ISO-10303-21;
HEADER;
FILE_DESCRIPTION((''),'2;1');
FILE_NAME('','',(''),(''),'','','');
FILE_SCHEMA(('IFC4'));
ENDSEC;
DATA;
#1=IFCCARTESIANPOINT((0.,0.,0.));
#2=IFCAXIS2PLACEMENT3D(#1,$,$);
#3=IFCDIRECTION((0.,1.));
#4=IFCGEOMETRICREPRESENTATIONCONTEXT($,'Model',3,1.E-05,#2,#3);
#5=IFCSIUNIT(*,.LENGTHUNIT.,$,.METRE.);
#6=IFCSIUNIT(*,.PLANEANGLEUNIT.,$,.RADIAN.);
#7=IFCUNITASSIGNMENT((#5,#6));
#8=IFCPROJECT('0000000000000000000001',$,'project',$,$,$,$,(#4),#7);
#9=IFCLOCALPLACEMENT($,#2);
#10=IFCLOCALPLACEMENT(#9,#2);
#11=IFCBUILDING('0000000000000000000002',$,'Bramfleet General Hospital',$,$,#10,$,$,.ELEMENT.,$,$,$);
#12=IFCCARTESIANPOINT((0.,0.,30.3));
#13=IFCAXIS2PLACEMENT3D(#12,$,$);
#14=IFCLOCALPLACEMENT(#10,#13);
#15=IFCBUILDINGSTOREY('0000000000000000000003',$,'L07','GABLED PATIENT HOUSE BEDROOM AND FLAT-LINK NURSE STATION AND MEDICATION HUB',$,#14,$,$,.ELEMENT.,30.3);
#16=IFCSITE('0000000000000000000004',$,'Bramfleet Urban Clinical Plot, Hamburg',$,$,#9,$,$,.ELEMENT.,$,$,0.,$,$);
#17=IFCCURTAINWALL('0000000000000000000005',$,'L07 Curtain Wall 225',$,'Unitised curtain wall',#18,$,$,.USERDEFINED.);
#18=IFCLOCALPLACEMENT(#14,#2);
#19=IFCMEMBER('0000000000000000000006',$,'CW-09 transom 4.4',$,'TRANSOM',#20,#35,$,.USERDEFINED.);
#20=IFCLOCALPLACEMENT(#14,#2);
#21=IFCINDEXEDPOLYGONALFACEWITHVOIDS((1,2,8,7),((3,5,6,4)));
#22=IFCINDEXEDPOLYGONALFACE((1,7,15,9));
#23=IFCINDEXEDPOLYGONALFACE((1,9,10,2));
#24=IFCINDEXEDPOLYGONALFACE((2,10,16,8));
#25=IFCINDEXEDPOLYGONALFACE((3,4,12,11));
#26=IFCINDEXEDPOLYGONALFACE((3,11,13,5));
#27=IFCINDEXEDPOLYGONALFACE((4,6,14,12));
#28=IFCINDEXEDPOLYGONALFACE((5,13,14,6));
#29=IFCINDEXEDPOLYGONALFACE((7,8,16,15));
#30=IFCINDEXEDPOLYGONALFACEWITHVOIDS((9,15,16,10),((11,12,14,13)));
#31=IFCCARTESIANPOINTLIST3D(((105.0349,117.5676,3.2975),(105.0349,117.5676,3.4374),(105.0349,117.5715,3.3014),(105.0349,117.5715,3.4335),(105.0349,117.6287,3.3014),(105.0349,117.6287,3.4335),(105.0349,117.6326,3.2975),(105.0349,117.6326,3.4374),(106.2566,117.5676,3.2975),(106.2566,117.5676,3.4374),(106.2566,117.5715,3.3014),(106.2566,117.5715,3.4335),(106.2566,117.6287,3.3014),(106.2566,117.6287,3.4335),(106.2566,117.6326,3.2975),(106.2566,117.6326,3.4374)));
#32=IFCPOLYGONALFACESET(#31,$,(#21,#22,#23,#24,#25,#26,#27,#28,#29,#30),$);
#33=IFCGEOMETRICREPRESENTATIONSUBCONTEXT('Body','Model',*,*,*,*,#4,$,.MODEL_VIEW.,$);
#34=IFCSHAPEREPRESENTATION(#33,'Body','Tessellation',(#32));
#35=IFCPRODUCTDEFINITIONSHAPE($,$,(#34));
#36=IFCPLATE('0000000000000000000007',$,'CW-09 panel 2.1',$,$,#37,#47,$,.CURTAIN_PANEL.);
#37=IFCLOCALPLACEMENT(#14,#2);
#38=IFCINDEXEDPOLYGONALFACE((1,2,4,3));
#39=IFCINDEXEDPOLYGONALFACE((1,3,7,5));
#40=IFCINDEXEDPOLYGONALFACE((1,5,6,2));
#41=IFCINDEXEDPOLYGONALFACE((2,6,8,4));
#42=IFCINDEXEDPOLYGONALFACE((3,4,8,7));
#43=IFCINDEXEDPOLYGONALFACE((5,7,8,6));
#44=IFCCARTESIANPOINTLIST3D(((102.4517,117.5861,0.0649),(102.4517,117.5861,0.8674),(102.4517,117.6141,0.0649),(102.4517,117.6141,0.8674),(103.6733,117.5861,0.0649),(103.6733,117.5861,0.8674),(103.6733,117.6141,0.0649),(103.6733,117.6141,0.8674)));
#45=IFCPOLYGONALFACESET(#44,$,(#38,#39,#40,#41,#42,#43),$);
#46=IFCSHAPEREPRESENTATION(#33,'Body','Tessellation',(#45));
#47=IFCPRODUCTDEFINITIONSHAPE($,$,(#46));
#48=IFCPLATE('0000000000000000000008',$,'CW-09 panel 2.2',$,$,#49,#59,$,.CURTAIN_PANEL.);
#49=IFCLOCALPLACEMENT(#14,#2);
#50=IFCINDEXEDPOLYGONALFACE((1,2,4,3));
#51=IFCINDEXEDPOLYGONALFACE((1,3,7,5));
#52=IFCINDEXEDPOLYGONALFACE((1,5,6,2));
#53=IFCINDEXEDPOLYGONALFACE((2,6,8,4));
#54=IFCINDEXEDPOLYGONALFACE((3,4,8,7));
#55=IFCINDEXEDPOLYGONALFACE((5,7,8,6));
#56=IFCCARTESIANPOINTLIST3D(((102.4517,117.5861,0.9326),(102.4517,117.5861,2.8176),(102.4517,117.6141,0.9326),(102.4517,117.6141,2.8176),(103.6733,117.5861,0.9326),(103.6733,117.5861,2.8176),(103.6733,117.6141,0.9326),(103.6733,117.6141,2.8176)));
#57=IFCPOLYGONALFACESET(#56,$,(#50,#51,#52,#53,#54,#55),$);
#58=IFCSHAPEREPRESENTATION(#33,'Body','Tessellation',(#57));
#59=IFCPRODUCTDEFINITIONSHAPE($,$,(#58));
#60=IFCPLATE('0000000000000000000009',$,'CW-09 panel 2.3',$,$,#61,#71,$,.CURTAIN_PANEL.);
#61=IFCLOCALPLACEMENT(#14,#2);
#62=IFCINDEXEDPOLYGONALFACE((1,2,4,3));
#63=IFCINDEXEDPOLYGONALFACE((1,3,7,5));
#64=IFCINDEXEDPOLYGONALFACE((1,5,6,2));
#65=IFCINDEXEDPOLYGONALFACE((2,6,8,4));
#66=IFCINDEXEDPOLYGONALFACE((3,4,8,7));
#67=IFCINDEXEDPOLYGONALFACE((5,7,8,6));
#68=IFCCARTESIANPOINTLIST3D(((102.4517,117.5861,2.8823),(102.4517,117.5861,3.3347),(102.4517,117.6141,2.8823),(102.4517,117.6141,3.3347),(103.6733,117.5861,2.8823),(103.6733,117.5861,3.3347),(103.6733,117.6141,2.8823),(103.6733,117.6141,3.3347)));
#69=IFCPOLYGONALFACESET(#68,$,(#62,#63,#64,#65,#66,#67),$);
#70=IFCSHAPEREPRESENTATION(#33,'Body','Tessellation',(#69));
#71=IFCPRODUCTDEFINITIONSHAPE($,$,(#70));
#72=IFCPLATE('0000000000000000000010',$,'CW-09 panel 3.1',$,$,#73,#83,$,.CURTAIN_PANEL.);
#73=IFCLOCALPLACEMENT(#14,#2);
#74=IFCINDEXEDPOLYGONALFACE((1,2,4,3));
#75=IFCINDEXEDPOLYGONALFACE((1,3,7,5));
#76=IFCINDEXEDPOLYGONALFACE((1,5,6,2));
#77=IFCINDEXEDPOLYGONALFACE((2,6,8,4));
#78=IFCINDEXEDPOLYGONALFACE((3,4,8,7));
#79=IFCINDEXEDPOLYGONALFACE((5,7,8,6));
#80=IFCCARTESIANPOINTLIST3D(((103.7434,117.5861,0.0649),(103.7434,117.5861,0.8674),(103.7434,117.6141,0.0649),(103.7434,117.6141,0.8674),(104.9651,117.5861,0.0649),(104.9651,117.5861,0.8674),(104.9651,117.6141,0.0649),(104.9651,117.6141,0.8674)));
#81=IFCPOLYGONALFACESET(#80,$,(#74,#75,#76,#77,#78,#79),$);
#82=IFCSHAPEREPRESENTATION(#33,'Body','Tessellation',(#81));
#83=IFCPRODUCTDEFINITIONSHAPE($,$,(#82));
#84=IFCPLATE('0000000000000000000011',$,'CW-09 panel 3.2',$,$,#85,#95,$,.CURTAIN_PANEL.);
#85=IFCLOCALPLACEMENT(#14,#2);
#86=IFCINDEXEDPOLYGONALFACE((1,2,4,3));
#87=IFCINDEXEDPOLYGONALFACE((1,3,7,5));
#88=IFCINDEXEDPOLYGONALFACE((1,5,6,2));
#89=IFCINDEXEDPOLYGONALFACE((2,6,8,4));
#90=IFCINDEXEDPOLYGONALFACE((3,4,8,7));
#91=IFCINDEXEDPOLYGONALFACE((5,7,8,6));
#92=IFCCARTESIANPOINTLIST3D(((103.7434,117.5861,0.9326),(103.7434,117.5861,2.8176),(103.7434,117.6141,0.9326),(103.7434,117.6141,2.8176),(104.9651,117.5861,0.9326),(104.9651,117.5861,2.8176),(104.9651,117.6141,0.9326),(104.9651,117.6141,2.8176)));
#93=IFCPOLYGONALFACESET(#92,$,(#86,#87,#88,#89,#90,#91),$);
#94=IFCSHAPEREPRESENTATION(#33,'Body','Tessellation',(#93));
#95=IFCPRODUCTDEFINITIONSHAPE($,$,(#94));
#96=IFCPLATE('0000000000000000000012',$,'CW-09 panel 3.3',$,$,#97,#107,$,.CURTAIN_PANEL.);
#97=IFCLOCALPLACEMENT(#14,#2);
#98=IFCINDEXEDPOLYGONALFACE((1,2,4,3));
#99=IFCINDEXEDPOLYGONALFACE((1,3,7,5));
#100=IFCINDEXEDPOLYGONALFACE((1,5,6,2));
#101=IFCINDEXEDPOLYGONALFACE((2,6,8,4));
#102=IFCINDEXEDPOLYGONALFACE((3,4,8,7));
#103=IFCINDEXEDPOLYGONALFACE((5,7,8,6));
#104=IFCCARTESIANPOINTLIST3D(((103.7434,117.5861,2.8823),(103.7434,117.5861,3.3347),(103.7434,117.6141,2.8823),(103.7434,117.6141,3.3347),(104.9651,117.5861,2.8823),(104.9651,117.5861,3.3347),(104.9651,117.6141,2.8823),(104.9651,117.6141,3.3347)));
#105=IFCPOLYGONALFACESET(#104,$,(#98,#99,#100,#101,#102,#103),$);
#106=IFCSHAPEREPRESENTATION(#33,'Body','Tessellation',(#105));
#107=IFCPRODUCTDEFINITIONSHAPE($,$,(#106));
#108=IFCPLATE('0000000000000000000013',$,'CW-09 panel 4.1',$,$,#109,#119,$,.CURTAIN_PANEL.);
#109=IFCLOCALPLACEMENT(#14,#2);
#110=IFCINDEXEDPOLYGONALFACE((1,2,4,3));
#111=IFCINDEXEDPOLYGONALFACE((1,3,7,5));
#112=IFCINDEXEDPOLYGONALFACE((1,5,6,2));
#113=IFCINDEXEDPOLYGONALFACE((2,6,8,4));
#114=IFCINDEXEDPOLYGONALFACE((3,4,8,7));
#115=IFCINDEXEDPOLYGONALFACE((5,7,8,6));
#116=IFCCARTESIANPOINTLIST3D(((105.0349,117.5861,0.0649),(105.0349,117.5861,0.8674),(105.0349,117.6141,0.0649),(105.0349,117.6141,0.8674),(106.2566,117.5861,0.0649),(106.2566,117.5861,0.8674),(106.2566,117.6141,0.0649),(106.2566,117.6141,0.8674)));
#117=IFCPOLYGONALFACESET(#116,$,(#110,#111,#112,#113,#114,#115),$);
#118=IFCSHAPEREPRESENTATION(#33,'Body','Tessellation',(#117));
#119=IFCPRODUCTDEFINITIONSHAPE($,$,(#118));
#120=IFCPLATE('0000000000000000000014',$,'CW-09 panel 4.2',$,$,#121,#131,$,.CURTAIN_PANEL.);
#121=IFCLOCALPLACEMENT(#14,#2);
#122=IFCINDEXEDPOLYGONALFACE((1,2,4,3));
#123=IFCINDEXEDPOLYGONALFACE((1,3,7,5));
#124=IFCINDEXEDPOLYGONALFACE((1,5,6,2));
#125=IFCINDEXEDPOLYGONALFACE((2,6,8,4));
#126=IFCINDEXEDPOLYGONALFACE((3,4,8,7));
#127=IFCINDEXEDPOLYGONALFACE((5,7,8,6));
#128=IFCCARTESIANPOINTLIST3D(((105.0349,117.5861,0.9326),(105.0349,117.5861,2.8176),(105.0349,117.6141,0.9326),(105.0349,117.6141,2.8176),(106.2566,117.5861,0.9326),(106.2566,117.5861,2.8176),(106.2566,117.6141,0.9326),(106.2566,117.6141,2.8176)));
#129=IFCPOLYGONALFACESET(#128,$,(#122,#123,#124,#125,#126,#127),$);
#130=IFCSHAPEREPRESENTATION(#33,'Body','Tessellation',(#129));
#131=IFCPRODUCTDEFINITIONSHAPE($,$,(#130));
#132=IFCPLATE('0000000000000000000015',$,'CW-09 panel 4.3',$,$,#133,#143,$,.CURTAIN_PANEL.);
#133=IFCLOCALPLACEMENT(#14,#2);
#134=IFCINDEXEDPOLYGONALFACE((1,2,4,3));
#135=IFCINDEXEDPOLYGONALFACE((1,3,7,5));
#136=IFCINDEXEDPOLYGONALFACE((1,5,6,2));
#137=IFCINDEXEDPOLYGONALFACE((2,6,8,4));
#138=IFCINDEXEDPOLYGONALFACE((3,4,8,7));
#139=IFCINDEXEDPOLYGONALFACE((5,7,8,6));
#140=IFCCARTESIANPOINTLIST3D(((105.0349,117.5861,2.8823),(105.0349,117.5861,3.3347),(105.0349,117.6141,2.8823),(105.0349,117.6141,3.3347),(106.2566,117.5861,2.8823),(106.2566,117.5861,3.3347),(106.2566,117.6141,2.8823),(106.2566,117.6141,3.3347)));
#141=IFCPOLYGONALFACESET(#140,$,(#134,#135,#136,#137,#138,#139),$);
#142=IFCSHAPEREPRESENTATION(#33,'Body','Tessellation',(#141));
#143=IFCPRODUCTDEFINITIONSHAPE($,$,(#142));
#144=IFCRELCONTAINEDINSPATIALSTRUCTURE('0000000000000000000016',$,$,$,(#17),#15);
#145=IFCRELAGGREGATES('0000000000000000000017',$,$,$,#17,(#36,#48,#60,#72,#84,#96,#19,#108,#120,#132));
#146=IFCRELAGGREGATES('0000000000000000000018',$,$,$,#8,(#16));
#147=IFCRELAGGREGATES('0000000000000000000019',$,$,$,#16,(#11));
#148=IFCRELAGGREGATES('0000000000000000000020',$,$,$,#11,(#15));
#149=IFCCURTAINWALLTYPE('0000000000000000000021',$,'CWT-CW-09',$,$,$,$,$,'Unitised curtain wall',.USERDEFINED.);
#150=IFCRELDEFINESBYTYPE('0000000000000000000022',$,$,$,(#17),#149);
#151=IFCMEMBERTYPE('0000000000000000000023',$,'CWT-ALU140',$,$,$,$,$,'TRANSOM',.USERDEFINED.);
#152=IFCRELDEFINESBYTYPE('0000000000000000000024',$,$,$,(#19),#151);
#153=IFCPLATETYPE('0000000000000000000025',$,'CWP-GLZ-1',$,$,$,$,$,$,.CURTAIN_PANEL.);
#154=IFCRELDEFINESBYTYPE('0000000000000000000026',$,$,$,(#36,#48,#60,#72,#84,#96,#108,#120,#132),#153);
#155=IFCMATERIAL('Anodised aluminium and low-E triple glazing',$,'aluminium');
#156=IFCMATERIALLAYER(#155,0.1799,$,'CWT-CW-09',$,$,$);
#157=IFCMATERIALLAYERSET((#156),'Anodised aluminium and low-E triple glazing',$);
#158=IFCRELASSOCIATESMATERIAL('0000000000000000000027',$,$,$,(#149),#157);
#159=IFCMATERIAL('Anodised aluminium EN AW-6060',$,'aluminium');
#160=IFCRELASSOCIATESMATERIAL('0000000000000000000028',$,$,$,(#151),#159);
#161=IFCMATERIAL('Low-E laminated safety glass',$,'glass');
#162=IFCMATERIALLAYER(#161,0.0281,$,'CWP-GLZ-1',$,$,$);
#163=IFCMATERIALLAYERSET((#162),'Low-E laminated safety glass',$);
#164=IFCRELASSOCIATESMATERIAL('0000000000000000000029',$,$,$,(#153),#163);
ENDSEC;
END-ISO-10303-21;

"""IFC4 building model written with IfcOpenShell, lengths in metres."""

from ifc_helpers import new_model, si_unit, direction, frame, origin, origin_2d, place, context, subcontext, project, spatial, rectangle, hollow_rectangle, extrude, material, layer, layer_set, material_profile, profile_set, type_object, element, aggregate, save


model = new_model("IFC4")

# Units and contexts
model_context = context("Model", 3, precision=1e-05, world=origin(), true_north=direction((0.0, 1.0)))
body_context = subcontext(model_context, "Body", "Model", "MODEL_VIEW")
ifc_project = project(units=[si_unit("LENGTHUNIT", "METRE"), si_unit("PLANEANGLEUNIT", "RADIAN")], contexts=[model_context])

# Site, building, storey
site_placement = place(None, origin())
site = spatial("IfcSite", under=ifc_project, at=site_placement, Name="Bramfleet Urban Clinical Plot, Hamburg", CompositionType="ELEMENT", RefElevation=0.0)
building_placement = place(site_placement, origin())
building = spatial("IfcBuilding", under=site, at=building_placement, Name="Bramfleet General Hospital", CompositionType="ELEMENT")
storey_placement = place(building_placement, frame((0.0, 0.0, 30.3)))
storey = spatial("IfcBuildingStorey", under=building, at=storey_placement, Name="L07", Description="GABLED PATIENT HOUSE BEDROOM AND FLAT-LINK NURSE STATION AND MEDICATION HUB", CompositionType="ELEMENT", Elevation=30.3)

# Curtain wall, member, plates
ifc_material_1 = material(Name="Anodised aluminium and low-E triple glazing", Category="aluminium")
ifc_layer_1 = layer(ifc_material_1, 0.1799, Name="CWT-CW-09")
ifc_layer_set_1 = layer_set([ifc_layer_1], Name="Anodised aluminium and low-E triple glazing")
curtain_wall_type = type_object("IfcCurtainWallType", Name="CWT-CW-09", ElementType="Unitised curtain wall", PredefinedType="USERDEFINED", material=ifc_layer_set_1)
curtain_wall_placement = place(storey_placement, origin())
curtain_wall = element("IfcCurtainWall", 1, at=curtain_wall_placement, inside=storey, type_object=curtain_wall_type, Name="L07 Curtain Wall 225", ObjectType="Unitised curtain wall", PredefinedType="USERDEFINED")
ifc_material_2 = material(Name="Anodised aluminium EN AW-6060", Category="aluminium")
ifc_material_profile_1 = material_profile(ifc_material_2, hollow_rectangle(XDim=0.0649, YDim=0.1399, WallThickness=0.0039, at=origin_2d()), Name="ALU 140x65x4.0")
ifc_profile_set_1 = profile_set([ifc_material_profile_1], Name="Anodised aluminium EN AW-6060")
member_type_1 = type_object("IfcMemberType", Name="CWT-ALU140", ElementType="TRANSOM", PredefinedType="USERDEFINED", material=ifc_profile_set_1)
member_1_placement = place(storey_placement, frame((105.0349, 117.6001, 3.3674), z_axis=(1.0, 0.0, 0.0), x_axis=(0.0, 1.0, 0.0)))
member_1 = element("IfcMember", 2, at=member_1_placement, type_object=member_type_1, Name="CW-09 transom 4.4", ObjectType="TRANSOM", PredefinedType="USERDEFINED", context=body_context, shape_type="SweptSolid", body=[
    extrude(hollow_rectangle(XDim=0.0649, YDim=0.1399, WallThickness=0.0039, at=origin_2d()), origin(), (0.0, 0.0, 1.0), 1.2217),
])
ifc_material_3 = material(Name="Low-E laminated safety glass", Category="glass")
ifc_layer_2 = layer(ifc_material_3, 0.0281, Name="CWP-GLZ-1")
ifc_layer_set_2 = layer_set([ifc_layer_2], Name="Low-E laminated safety glass")
plate_type = type_object("IfcPlateType", Name="CWP-GLZ-1", PredefinedType="CURTAIN_PANEL", material=ifc_layer_set_2)
plate_1_placement = place(storey_placement, frame((103.0625, 117.6001, 0.0649), z_axis=(0.0, 0.0, 1.0), x_axis=(1.0, 0.0, 0.0)))
plate_1 = element("IfcPlate", 3, at=plate_1_placement, type_object=plate_type, Name="CW-09 panel 2.1", PredefinedType="CURTAIN_PANEL", context=body_context, shape_type="SweptSolid", body=[
    extrude(rectangle(XDim=1.2217, YDim=0.0281, at=origin_2d()), origin(), (0.0, 0.0, 1.0), 0.8025),
])
plate_2_placement = place(storey_placement, frame((103.0625, 117.6001, 0.9326), z_axis=(0.0, 0.0, 1.0), x_axis=(1.0, 0.0, 0.0)))
plate_2 = element("IfcPlate", 4, at=plate_2_placement, type_object=plate_type, Name="CW-09 panel 2.2", PredefinedType="CURTAIN_PANEL", context=body_context, shape_type="SweptSolid", body=[
    extrude(rectangle(XDim=1.2217, YDim=0.0281, at=origin_2d()), origin(), (0.0, 0.0, 1.0), 1.885),
])
plate_3_placement = place(storey_placement, frame((103.0625, 117.6001, 2.8823), z_axis=(0.0, 0.0, 1.0), x_axis=(1.0, 0.0, 0.0)))
plate_3 = element("IfcPlate", 5, at=plate_3_placement, type_object=plate_type, Name="CW-09 panel 2.3", PredefinedType="CURTAIN_PANEL", context=body_context, shape_type="SweptSolid", body=[
    extrude(rectangle(XDim=1.2217, YDim=0.0281, at=origin_2d()), origin(), (0.0, 0.0, 1.0), 0.4524),
])
plate_4_placement = place(storey_placement, frame((104.3542, 117.6001, 0.0649), z_axis=(0.0, 0.0, 1.0), x_axis=(1.0, 0.0, 0.0)))
plate_4 = element("IfcPlate", 6, at=plate_4_placement, type_object=plate_type, Name="CW-09 panel 3.1", PredefinedType="CURTAIN_PANEL", context=body_context, shape_type="SweptSolid", body=[
    extrude(rectangle(XDim=1.2217, YDim=0.0281, at=origin_2d()), origin(), (0.0, 0.0, 1.0), 0.8025),
])
plate_5_placement = place(storey_placement, frame((104.3542, 117.6001, 0.9326), z_axis=(0.0, 0.0, 1.0), x_axis=(1.0, 0.0, 0.0)))
plate_5 = element("IfcPlate", 7, at=plate_5_placement, type_object=plate_type, Name="CW-09 panel 3.2", PredefinedType="CURTAIN_PANEL", context=body_context, shape_type="SweptSolid", body=[
    extrude(rectangle(XDim=1.2217, YDim=0.0281, at=origin_2d()), origin(), (0.0, 0.0, 1.0), 1.885),
])
plate_6_placement = place(storey_placement, frame((104.3542, 117.6001, 2.8823), z_axis=(0.0, 0.0, 1.0), x_axis=(1.0, 0.0, 0.0)))
plate_6 = element("IfcPlate", 8, at=plate_6_placement, type_object=plate_type, Name="CW-09 panel 3.3", PredefinedType="CURTAIN_PANEL", context=body_context, shape_type="SweptSolid", body=[
    extrude(rectangle(XDim=1.2217, YDim=0.0281, at=origin_2d()), origin(), (0.0, 0.0, 1.0), 0.4524),
])
plate_7_placement = place(storey_placement, frame((105.6458, 117.6001, 0.0649), z_axis=(0.0, 0.0, 1.0), x_axis=(1.0, 0.0, 0.0)))
plate_7 = element("IfcPlate", 9, at=plate_7_placement, type_object=plate_type, Name="CW-09 panel 4.1", PredefinedType="CURTAIN_PANEL", context=body_context, shape_type="SweptSolid", body=[
    extrude(rectangle(XDim=1.2217, YDim=0.0281, at=origin_2d()), origin(), (0.0, 0.0, 1.0), 0.8025),
])
plate_8_placement = place(storey_placement, frame((105.6458, 117.6001, 0.9326), z_axis=(0.0, 0.0, 1.0), x_axis=(1.0, 0.0, 0.0)))
plate_8 = element("IfcPlate", 10, at=plate_8_placement, type_object=plate_type, Name="CW-09 panel 4.2", PredefinedType="CURTAIN_PANEL", context=body_context, shape_type="SweptSolid", body=[
    extrude(rectangle(XDim=1.2217, YDim=0.0281, at=origin_2d()), origin(), (0.0, 0.0, 1.0), 1.885),
])
plate_9_placement = place(storey_placement, frame((105.6458, 117.6001, 2.8823), z_axis=(0.0, 0.0, 1.0), x_axis=(1.0, 0.0, 0.0)))
plate_9 = element("IfcPlate", 11, at=plate_9_placement, type_object=plate_type, Name="CW-09 panel 4.3", PredefinedType="CURTAIN_PANEL", context=body_context, shape_type="SweptSolid", body=[
    extrude(rectangle(XDim=1.2217, YDim=0.0281, at=origin_2d()), origin(), (0.0, 0.0, 1.0), 0.4524),
])
aggregate(curtain_wall, [plate_1, plate_2, plate_3, plate_4, plate_5, plate_6, member_1, plate_7, plate_8, plate_9])

save(model, "model.ifc")
